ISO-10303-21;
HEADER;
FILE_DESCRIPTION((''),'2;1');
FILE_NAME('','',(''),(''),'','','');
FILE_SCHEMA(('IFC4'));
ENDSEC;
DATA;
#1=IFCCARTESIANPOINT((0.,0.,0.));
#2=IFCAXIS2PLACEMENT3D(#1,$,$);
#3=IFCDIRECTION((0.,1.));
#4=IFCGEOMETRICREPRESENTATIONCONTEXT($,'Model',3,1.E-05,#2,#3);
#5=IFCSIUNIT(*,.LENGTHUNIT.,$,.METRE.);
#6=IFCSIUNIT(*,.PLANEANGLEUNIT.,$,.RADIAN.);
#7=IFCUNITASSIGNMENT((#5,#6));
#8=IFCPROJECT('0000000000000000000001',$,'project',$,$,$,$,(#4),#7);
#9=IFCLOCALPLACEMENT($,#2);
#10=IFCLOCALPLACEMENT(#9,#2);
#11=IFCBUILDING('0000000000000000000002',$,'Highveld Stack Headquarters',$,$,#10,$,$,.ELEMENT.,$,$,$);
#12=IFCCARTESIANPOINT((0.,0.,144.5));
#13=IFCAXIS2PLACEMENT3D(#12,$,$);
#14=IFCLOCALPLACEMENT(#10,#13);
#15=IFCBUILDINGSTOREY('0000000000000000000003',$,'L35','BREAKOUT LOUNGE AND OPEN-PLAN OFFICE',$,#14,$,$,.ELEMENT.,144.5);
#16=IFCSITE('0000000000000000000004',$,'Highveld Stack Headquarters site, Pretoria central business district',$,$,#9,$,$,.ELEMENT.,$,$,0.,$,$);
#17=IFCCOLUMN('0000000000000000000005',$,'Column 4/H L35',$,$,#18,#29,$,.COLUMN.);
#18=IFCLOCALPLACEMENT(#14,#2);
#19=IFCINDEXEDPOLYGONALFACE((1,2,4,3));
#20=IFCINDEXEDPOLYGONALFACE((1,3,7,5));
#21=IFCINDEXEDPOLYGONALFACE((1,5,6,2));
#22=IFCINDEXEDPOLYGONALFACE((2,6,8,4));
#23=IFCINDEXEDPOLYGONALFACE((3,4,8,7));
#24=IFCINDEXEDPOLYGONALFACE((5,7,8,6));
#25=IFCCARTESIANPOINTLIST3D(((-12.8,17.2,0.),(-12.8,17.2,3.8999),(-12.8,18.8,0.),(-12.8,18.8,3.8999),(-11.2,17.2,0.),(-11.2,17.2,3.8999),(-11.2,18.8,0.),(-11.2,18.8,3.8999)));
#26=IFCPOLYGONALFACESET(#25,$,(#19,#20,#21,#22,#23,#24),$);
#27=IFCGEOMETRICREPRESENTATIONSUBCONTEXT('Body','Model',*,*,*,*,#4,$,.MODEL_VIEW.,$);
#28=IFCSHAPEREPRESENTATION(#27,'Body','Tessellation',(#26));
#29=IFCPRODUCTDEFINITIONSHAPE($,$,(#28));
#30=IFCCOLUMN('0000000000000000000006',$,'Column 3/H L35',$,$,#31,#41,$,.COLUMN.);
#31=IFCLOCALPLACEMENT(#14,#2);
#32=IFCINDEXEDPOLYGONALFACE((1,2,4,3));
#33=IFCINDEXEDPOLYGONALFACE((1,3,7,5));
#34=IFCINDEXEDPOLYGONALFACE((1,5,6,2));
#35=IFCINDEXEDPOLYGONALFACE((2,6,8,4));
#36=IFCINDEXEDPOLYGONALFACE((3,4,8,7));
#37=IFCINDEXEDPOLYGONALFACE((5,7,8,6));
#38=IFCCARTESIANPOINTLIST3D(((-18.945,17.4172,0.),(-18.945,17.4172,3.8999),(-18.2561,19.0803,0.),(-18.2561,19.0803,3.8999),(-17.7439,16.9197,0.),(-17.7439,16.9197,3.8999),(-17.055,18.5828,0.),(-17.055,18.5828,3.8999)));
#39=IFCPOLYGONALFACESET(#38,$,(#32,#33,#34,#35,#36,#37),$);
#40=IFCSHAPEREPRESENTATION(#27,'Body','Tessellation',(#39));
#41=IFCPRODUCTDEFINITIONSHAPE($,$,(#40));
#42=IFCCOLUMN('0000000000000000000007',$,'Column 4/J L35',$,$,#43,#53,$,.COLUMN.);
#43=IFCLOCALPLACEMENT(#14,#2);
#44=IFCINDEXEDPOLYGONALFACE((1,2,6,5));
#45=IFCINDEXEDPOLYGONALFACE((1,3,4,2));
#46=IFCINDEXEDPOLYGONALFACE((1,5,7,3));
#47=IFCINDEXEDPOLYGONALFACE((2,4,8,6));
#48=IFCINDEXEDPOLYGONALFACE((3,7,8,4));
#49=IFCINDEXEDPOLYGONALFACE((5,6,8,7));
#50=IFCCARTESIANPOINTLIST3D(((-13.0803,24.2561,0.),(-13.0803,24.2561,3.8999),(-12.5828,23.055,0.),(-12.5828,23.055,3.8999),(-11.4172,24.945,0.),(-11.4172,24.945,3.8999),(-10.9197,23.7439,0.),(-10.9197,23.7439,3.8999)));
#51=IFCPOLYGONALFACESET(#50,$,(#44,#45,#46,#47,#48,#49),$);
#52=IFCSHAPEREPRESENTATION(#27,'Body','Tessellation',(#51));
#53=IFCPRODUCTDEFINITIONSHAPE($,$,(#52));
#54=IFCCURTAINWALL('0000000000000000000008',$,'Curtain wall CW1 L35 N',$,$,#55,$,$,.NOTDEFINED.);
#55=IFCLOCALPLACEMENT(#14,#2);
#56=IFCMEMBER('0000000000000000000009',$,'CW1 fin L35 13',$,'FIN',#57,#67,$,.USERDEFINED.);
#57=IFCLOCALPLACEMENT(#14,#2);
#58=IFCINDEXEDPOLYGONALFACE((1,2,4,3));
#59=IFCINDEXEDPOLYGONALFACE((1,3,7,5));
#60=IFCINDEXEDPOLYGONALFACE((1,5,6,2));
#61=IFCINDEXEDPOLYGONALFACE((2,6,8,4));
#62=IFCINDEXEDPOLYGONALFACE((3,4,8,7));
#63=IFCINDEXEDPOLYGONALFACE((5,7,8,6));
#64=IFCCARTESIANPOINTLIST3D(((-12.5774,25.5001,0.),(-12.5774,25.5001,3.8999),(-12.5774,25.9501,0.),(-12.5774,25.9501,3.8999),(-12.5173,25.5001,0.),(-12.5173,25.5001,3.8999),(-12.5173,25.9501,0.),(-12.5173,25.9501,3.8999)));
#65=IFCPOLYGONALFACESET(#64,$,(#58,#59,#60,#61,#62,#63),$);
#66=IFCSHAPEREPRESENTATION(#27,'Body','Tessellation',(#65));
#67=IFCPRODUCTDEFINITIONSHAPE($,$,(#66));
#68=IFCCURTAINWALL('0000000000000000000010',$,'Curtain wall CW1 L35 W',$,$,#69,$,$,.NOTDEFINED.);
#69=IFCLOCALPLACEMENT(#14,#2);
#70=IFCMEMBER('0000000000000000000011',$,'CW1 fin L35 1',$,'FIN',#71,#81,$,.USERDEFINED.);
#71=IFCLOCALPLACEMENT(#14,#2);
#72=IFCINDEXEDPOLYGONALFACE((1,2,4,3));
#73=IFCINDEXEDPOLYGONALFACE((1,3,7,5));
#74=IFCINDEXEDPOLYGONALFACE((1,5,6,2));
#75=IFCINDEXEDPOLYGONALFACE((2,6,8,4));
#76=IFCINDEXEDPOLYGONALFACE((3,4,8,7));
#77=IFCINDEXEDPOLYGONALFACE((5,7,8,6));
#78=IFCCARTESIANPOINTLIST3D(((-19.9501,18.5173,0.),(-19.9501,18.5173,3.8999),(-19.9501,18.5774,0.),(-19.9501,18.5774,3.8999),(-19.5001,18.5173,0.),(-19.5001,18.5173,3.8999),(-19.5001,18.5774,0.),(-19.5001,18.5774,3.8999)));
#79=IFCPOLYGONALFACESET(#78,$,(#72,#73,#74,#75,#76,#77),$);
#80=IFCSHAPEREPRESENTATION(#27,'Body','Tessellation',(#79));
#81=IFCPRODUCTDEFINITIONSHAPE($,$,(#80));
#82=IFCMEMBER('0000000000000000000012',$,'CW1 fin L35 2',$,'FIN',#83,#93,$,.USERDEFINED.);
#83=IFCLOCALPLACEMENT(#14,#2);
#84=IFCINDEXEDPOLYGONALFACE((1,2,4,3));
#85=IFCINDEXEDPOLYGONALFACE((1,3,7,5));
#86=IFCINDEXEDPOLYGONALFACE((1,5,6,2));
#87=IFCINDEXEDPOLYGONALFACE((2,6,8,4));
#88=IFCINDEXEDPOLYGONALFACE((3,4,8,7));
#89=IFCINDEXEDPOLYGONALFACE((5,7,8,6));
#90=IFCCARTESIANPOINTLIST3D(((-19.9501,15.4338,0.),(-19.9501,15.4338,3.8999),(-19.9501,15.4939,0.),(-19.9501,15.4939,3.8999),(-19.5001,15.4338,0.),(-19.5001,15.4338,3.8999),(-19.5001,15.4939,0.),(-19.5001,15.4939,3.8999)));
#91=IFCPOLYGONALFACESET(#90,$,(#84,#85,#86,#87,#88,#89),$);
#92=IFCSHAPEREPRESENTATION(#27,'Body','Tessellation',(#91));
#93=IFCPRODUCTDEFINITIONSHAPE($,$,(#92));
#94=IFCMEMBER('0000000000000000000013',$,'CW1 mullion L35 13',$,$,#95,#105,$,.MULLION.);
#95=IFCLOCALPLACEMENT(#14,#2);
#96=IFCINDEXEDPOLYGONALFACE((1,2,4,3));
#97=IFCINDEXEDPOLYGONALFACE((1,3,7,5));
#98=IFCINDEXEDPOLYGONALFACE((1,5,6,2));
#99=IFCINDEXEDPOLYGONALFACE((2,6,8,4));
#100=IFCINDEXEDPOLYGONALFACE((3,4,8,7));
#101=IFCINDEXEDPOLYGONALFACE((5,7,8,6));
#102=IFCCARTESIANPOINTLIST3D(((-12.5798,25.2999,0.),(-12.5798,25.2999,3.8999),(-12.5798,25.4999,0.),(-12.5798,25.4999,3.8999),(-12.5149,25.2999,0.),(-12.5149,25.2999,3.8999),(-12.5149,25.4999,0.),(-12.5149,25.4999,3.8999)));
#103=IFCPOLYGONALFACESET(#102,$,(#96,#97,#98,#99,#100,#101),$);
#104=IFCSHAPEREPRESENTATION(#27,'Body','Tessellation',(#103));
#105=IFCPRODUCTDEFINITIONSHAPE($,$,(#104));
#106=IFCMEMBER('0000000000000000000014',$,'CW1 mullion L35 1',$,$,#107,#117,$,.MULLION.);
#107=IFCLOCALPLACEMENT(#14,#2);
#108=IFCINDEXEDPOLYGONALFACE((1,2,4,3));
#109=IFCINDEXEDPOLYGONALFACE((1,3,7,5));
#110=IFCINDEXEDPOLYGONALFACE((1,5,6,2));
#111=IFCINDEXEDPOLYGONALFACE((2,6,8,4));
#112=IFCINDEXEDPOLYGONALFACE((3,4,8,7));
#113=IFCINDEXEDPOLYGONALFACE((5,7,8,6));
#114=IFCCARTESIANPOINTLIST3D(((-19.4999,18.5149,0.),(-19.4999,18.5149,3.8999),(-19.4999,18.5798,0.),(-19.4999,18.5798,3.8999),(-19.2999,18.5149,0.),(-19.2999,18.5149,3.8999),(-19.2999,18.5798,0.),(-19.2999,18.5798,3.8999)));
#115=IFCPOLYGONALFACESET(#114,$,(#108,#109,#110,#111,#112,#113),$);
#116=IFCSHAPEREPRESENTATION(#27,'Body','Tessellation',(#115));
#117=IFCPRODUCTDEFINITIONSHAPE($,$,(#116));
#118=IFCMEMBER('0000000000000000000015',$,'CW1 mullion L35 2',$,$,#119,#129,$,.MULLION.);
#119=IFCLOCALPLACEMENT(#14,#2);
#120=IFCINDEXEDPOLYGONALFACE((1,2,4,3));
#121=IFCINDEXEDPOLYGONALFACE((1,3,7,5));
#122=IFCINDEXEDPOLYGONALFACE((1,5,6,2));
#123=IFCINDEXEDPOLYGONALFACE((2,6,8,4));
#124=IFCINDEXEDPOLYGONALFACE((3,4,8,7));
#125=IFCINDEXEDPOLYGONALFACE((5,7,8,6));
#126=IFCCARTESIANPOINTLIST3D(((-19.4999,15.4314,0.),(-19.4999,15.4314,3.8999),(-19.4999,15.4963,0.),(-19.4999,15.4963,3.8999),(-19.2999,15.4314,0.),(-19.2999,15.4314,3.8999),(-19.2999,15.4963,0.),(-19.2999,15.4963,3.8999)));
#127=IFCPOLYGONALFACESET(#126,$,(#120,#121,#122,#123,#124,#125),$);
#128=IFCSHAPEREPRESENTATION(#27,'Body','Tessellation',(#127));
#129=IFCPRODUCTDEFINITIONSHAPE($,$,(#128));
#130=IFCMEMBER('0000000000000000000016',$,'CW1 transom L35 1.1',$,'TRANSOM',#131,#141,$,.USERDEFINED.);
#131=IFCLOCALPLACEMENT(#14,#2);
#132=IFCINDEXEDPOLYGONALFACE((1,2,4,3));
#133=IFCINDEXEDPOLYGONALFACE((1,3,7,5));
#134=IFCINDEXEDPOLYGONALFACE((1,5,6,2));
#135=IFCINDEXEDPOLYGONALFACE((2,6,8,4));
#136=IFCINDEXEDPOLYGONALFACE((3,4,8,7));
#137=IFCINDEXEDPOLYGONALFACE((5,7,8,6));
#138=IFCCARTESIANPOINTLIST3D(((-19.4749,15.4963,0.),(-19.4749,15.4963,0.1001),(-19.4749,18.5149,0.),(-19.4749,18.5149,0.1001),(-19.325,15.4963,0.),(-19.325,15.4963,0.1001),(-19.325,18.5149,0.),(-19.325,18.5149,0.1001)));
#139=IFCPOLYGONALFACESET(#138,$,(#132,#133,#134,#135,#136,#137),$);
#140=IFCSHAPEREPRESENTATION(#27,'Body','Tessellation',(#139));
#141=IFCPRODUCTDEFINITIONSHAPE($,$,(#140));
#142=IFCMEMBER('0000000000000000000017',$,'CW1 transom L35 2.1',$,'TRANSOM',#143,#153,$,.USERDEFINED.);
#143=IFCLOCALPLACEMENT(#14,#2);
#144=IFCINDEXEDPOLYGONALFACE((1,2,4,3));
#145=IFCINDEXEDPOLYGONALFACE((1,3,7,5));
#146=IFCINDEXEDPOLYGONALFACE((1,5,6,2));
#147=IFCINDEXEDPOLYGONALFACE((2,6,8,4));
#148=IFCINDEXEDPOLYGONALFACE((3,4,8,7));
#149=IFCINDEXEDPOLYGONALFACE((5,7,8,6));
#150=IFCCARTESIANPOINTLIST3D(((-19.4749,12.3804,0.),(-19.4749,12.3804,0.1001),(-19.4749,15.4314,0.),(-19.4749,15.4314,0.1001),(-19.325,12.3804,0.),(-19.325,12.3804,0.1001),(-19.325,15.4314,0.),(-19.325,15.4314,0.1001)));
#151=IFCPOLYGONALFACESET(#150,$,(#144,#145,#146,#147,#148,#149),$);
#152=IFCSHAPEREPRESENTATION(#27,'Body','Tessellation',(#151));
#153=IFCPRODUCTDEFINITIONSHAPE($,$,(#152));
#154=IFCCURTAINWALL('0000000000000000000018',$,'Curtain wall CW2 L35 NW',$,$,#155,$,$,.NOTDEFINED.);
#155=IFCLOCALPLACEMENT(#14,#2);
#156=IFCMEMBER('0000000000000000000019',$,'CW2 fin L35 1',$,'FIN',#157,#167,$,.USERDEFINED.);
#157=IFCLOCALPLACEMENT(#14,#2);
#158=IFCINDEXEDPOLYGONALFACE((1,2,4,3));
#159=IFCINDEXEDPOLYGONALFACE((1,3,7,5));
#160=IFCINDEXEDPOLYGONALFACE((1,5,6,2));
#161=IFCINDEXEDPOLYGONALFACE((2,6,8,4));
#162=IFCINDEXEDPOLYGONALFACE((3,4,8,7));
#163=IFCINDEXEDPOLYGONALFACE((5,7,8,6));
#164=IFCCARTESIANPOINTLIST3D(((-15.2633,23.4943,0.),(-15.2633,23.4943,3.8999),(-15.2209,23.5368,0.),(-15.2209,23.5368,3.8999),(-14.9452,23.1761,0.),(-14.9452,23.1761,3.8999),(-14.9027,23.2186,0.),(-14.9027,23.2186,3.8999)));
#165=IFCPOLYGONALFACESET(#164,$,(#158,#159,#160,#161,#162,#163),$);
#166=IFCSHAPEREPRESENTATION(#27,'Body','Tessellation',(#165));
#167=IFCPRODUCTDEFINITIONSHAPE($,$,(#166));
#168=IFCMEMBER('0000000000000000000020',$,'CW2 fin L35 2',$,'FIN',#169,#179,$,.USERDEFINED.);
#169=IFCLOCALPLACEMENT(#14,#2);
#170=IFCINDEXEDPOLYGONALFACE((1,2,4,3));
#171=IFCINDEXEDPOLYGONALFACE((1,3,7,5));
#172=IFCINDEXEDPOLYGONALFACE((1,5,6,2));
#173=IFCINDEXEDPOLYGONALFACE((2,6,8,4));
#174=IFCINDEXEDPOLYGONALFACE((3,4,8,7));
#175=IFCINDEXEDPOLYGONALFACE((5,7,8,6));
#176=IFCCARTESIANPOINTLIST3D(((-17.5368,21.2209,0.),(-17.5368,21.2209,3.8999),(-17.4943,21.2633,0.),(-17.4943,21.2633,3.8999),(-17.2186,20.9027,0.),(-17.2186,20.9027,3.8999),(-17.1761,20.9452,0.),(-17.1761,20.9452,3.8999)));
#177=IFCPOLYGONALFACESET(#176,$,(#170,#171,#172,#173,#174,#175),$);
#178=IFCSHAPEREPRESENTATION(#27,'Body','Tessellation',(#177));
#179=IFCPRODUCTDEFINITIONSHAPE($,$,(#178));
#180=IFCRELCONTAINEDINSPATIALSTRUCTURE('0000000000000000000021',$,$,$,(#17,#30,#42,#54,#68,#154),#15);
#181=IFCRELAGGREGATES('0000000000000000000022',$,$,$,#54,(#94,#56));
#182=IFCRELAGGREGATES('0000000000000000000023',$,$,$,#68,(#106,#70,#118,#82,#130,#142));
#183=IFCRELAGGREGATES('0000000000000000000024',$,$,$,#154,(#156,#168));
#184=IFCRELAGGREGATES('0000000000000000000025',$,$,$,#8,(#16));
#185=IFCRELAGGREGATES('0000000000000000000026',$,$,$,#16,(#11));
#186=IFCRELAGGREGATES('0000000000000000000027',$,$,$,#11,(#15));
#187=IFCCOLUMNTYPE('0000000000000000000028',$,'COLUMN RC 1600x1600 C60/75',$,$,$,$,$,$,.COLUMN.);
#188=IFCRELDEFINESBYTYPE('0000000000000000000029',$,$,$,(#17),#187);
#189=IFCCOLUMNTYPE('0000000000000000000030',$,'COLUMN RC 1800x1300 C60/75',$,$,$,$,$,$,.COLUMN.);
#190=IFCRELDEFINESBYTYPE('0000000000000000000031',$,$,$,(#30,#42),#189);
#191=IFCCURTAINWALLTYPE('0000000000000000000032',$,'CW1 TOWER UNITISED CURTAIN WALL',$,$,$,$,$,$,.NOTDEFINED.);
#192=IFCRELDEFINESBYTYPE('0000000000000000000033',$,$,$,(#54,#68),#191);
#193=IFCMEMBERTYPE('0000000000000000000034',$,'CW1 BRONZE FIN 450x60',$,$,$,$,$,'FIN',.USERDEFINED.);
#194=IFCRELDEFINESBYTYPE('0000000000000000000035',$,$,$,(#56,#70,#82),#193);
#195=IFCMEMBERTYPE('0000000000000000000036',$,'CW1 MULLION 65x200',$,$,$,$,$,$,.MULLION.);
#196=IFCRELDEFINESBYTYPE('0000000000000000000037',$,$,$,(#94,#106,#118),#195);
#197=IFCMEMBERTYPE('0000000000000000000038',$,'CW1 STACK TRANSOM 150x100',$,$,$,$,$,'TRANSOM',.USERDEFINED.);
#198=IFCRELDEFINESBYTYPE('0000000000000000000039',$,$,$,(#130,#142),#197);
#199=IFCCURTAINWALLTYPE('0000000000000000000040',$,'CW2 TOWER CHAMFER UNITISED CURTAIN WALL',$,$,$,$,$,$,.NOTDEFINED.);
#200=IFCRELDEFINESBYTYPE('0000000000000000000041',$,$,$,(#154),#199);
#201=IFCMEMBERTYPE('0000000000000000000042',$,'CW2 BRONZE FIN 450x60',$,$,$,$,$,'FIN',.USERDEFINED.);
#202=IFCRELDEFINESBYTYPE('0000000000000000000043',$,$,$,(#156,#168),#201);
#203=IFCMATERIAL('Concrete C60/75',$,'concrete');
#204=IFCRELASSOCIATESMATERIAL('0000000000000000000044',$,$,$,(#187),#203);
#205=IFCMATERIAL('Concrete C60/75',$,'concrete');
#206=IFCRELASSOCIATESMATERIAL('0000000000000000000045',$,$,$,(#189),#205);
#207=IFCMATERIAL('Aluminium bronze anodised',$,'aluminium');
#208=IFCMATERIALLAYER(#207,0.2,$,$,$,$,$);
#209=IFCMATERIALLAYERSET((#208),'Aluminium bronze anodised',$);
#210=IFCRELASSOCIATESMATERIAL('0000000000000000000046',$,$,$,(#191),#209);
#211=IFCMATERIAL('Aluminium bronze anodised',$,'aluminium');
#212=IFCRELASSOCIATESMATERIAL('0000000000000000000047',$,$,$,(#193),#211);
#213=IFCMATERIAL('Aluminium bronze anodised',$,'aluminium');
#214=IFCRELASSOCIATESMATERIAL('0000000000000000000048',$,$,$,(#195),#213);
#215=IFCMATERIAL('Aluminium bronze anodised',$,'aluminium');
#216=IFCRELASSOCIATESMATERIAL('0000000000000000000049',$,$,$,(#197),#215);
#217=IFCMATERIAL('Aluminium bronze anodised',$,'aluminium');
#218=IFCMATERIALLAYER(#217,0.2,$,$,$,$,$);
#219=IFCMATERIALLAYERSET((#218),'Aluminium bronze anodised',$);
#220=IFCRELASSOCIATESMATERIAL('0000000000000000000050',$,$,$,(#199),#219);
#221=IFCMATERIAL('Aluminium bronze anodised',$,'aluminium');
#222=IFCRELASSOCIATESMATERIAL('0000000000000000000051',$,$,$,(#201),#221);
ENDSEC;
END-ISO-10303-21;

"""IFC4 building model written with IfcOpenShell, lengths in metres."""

from ifc_helpers import new_model, si_unit, direction, frame, origin, origin_2d, place, context, subcontext, project, spatial, rectangle, extrude, material, layer, layer_set, material_profile, profile_set, type_object, element, aggregate, save


model = new_model("IFC4")

# Units and contexts
model_context = context("Model", 3, precision=1e-05, world=origin(), true_north=direction((0.0, 1.0)))
body_context = subcontext(model_context, "Body", "Model", "MODEL_VIEW")
ifc_project = project(units=[si_unit("LENGTHUNIT", "METRE"), si_unit("PLANEANGLEUNIT", "RADIAN")], contexts=[model_context])

# Site, building, storey
site_placement = place(None, origin())
site = spatial("IfcSite", under=ifc_project, at=site_placement, Name="Highveld Stack Headquarters site, Pretoria central business district", CompositionType="ELEMENT", RefElevation=0.0)
building_placement = place(site_placement, origin())
building = spatial("IfcBuilding", under=site, at=building_placement, Name="Highveld Stack Headquarters", CompositionType="ELEMENT")
storey_placement = place(building_placement, frame((0.0, 0.0, 144.5)))
storey = spatial("IfcBuildingStorey", under=building, at=storey_placement, Name="L35", Description="BREAKOUT LOUNGE AND OPEN-PLAN OFFICE", CompositionType="ELEMENT", Elevation=144.5)

# Columns
ifc_material_1 = material(Name="Concrete C60/75", Category="concrete")
ifc_material_profile_1 = material_profile(ifc_material_1, rectangle(XDim=1.6001, YDim=1.6001, at=origin_2d()), Name="RC 1600x1600")
ifc_profile_set_1 = profile_set([ifc_material_profile_1], Name="Concrete C60/75")
column_type_1 = type_object("IfcColumnType", Name="COLUMN RC 1600x1600 C60/75", PredefinedType="COLUMN", material=ifc_profile_set_1)
column_placement = place(storey_placement, frame((-12.0, 18.0, 0.0), z_axis=(0.0, 0.0, 1.0), x_axis=(1.0, 0.0, 0.0)))
element("IfcColumn", 1, at=column_placement, inside=storey, type_object=column_type_1, Name="Column 4/H L35", PredefinedType="COLUMN", context=body_context, shape_type="SweptSolid", body=[
    extrude(rectangle(XDim=1.6001, YDim=1.6001, at=origin_2d()), origin(), (0.0, 0.0, 1.0), 3.8999),
])
ifc_material_2 = material(Name="Concrete C60/75", Category="concrete")
ifc_material_profile_2 = material_profile(ifc_material_2, rectangle(XDim=1.8, YDim=1.3, at=origin_2d()), Name="RC 1800x1300")
ifc_profile_set_2 = profile_set([ifc_material_profile_2], Name="Concrete C60/75")
column_type_2 = type_object("IfcColumnType", Name="COLUMN RC 1800x1300 C60/75", PredefinedType="COLUMN", material=ifc_profile_set_2)
for number, where, z_axis, x_axis, name in (
    (2, (-18.0, 18.0, 0.0), (0.0, 0.0, 1.0), (0.382683, 0.92388, 0.0), "Column 3/H L35"),
    (3, (-12.0, 24.0, 0.0), (0.0, 0.0, 1.0), (0.92388, 0.382683, 0.0), "Column 4/J L35"),
):
    element("IfcColumn", number, at=place(storey_placement, frame(where, z_axis=z_axis, x_axis=x_axis)), inside=storey, type_object=column_type_2, Name=name, PredefinedType="COLUMN", context=body_context, shape_type="SweptSolid", body=[
        extrude(rectangle(XDim=1.8, YDim=1.3, at=origin_2d()), origin(), (0.0, 0.0, 1.0), 3.8999),
    ])

# Curtain wall, member
ifc_material_3 = material(Name="Aluminium bronze anodised", Category="aluminium")
ifc_layer_1 = layer(ifc_material_3, 0.2)
ifc_layer_set_1 = layer_set([ifc_layer_1], Name="Aluminium bronze anodised")
curtain_wall_type_1 = type_object("IfcCurtainWallType", Name="CW1 TOWER UNITISED CURTAIN WALL", PredefinedType="NOTDEFINED", material=ifc_layer_set_1)
curtain_wall_1_placement = place(storey_placement, origin())
curtain_wall_1 = element("IfcCurtainWall", 4, at=curtain_wall_1_placement, inside=storey, type_object=curtain_wall_type_1, Name="Curtain wall CW1 L35 N", PredefinedType="NOTDEFINED")
ifc_material_4 = material(Name="Aluminium bronze anodised", Category="aluminium")
ifc_material_profile_3 = material_profile(ifc_material_4, rectangle(XDim=0.45, YDim=0.0601, at=origin_2d()), Name="FIN 450x60")
ifc_profile_set_3 = profile_set([ifc_material_profile_3], Name="Aluminium bronze anodised")
member_type_1 = type_object("IfcMemberType", Name="CW1 BRONZE FIN 450x60", ElementType="FIN", PredefinedType="USERDEFINED", material=ifc_profile_set_3)
member_1_placement = place(storey_placement, frame((-12.5474, 25.7251, 0.0), z_axis=(0.0, 0.0, 1.0), x_axis=(0.0, -1.0, 0.0)))
member_1 = element("IfcMember", 5, at=member_1_placement, type_object=member_type_1, Name="CW1 fin L35 13", ObjectType="FIN", PredefinedType="USERDEFINED", context=body_context, shape_type="SweptSolid", body=[
    extrude(rectangle(XDim=0.45, YDim=0.0601, at=origin_2d()), origin(), (0.0, 0.0, 1.0), 3.8999),
])

# Curtain wall, members
curtain_wall_2_placement = place(storey_placement, origin())
curtain_wall_2 = element("IfcCurtainWall", 6, at=curtain_wall_2_placement, inside=storey, type_object=curtain_wall_type_1, Name="Curtain wall CW1 L35 W", PredefinedType="NOTDEFINED")
member_2_placement = place(storey_placement, frame((-19.7251, 18.5474, 0.0), z_axis=(0.0, 0.0, 1.0), x_axis=(1.0, 0.0, 0.0)))
member_2 = element("IfcMember", 7, at=member_2_placement, type_object=member_type_1, Name="CW1 fin L35 1", ObjectType="FIN", PredefinedType="USERDEFINED", context=body_context, shape_type="SweptSolid", body=[
    extrude(rectangle(XDim=0.45, YDim=0.0601, at=origin_2d()), origin(), (0.0, 0.0, 1.0), 3.8999),
])
member_3_placement = place(storey_placement, frame((-19.7251, 15.4639, 0.0), z_axis=(0.0, 0.0, 1.0), x_axis=(1.0, 0.0, 0.0)))
member_3 = element("IfcMember", 8, at=member_3_placement, type_object=member_type_1, Name="CW1 fin L35 2", ObjectType="FIN", PredefinedType="USERDEFINED", context=body_context, shape_type="SweptSolid", body=[
    extrude(rectangle(XDim=0.45, YDim=0.0601, at=origin_2d()), origin(), (0.0, 0.0, 1.0), 3.8999),
])

# Members
ifc_material_5 = material(Name="Aluminium bronze anodised", Category="aluminium")
ifc_material_profile_4 = material_profile(ifc_material_5, rectangle(XDim=0.2, YDim=0.0649, at=origin_2d()), Name="CW1 MULLION 65x200")
ifc_profile_set_4 = profile_set([ifc_material_profile_4], Name="Aluminium bronze anodised")
member_type_2 = type_object("IfcMemberType", Name="CW1 MULLION 65x200", PredefinedType="MULLION", material=ifc_profile_set_4)
member_4_placement = place(storey_placement, frame((-12.5474, 25.3999, 0.0), z_axis=(0.0, 0.0, 1.0), x_axis=(0.0, -1.0, 0.0)))
member_4 = element("IfcMember", 9, at=member_4_placement, type_object=member_type_2, Name="CW1 mullion L35 13", PredefinedType="MULLION", context=body_context, shape_type="SweptSolid", body=[
    extrude(rectangle(XDim=0.2, YDim=0.0649, at=origin_2d()), origin(), (0.0, 0.0, 1.0), 3.8999),
])
aggregate(curtain_wall_1, [member_4, member_1])
member_5_placement = place(storey_placement, frame((-19.3999, 18.5474, 0.0), z_axis=(0.0, 0.0, 1.0), x_axis=(1.0, 0.0, 0.0)))
member_5 = element("IfcMember", 10, at=member_5_placement, type_object=member_type_2, Name="CW1 mullion L35 1", PredefinedType="MULLION", context=body_context, shape_type="SweptSolid", body=[
    extrude(rectangle(XDim=0.2, YDim=0.0649, at=origin_2d()), origin(), (0.0, 0.0, 1.0), 3.8999),
])
member_6_placement = place(storey_placement, frame((-19.3999, 15.4639, 0.0), z_axis=(0.0, 0.0, 1.0), x_axis=(1.0, 0.0, 0.0)))
member_6 = element("IfcMember", 11, at=member_6_placement, type_object=member_type_2, Name="CW1 mullion L35 2", PredefinedType="MULLION", context=body_context, shape_type="SweptSolid", body=[
    extrude(rectangle(XDim=0.2, YDim=0.0649, at=origin_2d()), origin(), (0.0, 0.0, 1.0), 3.8999),
])
ifc_material_6 = material(Name="Aluminium bronze anodised", Category="aluminium")
ifc_material_profile_5 = material_profile(ifc_material_6, rectangle(XDim=0.1499, YDim=0.1001, at=origin_2d()), Name="CW1 TRANSOM 150x100")
ifc_profile_set_5 = profile_set([ifc_material_profile_5], Name="Aluminium bronze anodised")
member_type_3 = type_object("IfcMemberType", Name="CW1 STACK TRANSOM 150x100", ElementType="TRANSOM", PredefinedType="USERDEFINED", material=ifc_profile_set_5)
member_7_placement = place(storey_placement, frame((-19.3999, 18.5149, 0.05), z_axis=(0.0, -1.0, 0.0), x_axis=(1.0, 0.0, 0.0)))
member_7 = element("IfcMember", 12, at=member_7_placement, type_object=member_type_3, Name="CW1 transom L35 1.1", ObjectType="TRANSOM", PredefinedType="USERDEFINED", context=body_context, shape_type="SweptSolid", body=[
    extrude(rectangle(XDim=0.1499, YDim=0.1001, at=origin_2d()), origin(), (0.0, 0.0, 1.0), 3.0186),
])
member_8_placement = place(storey_placement, frame((-19.3999, 15.4314, 0.05), z_axis=(0.0, -1.0, 0.0), x_axis=(1.0, 0.0, 0.0)))
member_8 = element("IfcMember", 13, at=member_8_placement, type_object=member_type_3, Name="CW1 transom L35 2.1", ObjectType="TRANSOM", PredefinedType="USERDEFINED", context=body_context, shape_type="SweptSolid", body=[
    extrude(rectangle(XDim=0.1499, YDim=0.1001, at=origin_2d()), origin(), (0.0, 0.0, 1.0), 3.051),
])

# Curtain wall, members
ifc_material_7 = material(Name="Aluminium bronze anodised", Category="aluminium")
ifc_layer_2 = layer(ifc_material_7, 0.2)
ifc_layer_set_2 = layer_set([ifc_layer_2], Name="Aluminium bronze anodised")
curtain_wall_type_2 = type_object("IfcCurtainWallType", Name="CW2 TOWER CHAMFER UNITISED CURTAIN WALL", PredefinedType="NOTDEFINED", material=ifc_layer_set_2)
curtain_wall_3_placement = place(storey_placement, origin())
curtain_wall_3 = element("IfcCurtainWall", 14, at=curtain_wall_3_placement, inside=storey, type_object=curtain_wall_type_2, Name="Curtain wall CW2 L35 NW", PredefinedType="NOTDEFINED")
ifc_material_8 = material(Name="Aluminium bronze anodised", Category="aluminium")
ifc_material_profile_6 = material_profile(ifc_material_8, rectangle(XDim=0.45, YDim=0.0601, at=origin_2d()), Name="FIN 450x60")
ifc_profile_set_6 = profile_set([ifc_material_profile_6], Name="Aluminium bronze anodised")
member_type_4 = type_object("IfcMemberType", Name="CW2 BRONZE FIN 450x60", ElementType="FIN", PredefinedType="USERDEFINED", material=ifc_profile_set_6)
member_9_placement = place(storey_placement, frame((-15.083, 23.3564, 0.0), z_axis=(0.0, 0.0, 1.0), x_axis=(0.707107, -0.707107, 0.0)))
member_9 = element("IfcMember", 15, at=member_9_placement, type_object=member_type_4, Name="CW2 fin L35 1", ObjectType="FIN", PredefinedType="USERDEFINED", context=body_context, shape_type="SweptSolid", body=[
    extrude(rectangle(XDim=0.45, YDim=0.0601, at=origin_2d()), origin(), (0.0, 0.0, 1.0), 3.8999),
])
member_10_placement = place(storey_placement, frame((-17.3564, 21.083, 0.0), z_axis=(0.0, 0.0, 1.0), x_axis=(0.707107, -0.707107, 0.0)))
member_10 = element("IfcMember", 16, at=member_10_placement, type_object=member_type_4, Name="CW2 fin L35 2", ObjectType="FIN", PredefinedType="USERDEFINED", context=body_context, shape_type="SweptSolid", body=[
    extrude(rectangle(XDim=0.45, YDim=0.0601, at=origin_2d()), origin(), (0.0, 0.0, 1.0), 3.8999),
])

aggregate(curtain_wall_2, [member_5, member_2, member_6, member_3, member_7, member_8])
aggregate(curtain_wall_3, [member_9, member_10])

save(model, "model.ifc")
